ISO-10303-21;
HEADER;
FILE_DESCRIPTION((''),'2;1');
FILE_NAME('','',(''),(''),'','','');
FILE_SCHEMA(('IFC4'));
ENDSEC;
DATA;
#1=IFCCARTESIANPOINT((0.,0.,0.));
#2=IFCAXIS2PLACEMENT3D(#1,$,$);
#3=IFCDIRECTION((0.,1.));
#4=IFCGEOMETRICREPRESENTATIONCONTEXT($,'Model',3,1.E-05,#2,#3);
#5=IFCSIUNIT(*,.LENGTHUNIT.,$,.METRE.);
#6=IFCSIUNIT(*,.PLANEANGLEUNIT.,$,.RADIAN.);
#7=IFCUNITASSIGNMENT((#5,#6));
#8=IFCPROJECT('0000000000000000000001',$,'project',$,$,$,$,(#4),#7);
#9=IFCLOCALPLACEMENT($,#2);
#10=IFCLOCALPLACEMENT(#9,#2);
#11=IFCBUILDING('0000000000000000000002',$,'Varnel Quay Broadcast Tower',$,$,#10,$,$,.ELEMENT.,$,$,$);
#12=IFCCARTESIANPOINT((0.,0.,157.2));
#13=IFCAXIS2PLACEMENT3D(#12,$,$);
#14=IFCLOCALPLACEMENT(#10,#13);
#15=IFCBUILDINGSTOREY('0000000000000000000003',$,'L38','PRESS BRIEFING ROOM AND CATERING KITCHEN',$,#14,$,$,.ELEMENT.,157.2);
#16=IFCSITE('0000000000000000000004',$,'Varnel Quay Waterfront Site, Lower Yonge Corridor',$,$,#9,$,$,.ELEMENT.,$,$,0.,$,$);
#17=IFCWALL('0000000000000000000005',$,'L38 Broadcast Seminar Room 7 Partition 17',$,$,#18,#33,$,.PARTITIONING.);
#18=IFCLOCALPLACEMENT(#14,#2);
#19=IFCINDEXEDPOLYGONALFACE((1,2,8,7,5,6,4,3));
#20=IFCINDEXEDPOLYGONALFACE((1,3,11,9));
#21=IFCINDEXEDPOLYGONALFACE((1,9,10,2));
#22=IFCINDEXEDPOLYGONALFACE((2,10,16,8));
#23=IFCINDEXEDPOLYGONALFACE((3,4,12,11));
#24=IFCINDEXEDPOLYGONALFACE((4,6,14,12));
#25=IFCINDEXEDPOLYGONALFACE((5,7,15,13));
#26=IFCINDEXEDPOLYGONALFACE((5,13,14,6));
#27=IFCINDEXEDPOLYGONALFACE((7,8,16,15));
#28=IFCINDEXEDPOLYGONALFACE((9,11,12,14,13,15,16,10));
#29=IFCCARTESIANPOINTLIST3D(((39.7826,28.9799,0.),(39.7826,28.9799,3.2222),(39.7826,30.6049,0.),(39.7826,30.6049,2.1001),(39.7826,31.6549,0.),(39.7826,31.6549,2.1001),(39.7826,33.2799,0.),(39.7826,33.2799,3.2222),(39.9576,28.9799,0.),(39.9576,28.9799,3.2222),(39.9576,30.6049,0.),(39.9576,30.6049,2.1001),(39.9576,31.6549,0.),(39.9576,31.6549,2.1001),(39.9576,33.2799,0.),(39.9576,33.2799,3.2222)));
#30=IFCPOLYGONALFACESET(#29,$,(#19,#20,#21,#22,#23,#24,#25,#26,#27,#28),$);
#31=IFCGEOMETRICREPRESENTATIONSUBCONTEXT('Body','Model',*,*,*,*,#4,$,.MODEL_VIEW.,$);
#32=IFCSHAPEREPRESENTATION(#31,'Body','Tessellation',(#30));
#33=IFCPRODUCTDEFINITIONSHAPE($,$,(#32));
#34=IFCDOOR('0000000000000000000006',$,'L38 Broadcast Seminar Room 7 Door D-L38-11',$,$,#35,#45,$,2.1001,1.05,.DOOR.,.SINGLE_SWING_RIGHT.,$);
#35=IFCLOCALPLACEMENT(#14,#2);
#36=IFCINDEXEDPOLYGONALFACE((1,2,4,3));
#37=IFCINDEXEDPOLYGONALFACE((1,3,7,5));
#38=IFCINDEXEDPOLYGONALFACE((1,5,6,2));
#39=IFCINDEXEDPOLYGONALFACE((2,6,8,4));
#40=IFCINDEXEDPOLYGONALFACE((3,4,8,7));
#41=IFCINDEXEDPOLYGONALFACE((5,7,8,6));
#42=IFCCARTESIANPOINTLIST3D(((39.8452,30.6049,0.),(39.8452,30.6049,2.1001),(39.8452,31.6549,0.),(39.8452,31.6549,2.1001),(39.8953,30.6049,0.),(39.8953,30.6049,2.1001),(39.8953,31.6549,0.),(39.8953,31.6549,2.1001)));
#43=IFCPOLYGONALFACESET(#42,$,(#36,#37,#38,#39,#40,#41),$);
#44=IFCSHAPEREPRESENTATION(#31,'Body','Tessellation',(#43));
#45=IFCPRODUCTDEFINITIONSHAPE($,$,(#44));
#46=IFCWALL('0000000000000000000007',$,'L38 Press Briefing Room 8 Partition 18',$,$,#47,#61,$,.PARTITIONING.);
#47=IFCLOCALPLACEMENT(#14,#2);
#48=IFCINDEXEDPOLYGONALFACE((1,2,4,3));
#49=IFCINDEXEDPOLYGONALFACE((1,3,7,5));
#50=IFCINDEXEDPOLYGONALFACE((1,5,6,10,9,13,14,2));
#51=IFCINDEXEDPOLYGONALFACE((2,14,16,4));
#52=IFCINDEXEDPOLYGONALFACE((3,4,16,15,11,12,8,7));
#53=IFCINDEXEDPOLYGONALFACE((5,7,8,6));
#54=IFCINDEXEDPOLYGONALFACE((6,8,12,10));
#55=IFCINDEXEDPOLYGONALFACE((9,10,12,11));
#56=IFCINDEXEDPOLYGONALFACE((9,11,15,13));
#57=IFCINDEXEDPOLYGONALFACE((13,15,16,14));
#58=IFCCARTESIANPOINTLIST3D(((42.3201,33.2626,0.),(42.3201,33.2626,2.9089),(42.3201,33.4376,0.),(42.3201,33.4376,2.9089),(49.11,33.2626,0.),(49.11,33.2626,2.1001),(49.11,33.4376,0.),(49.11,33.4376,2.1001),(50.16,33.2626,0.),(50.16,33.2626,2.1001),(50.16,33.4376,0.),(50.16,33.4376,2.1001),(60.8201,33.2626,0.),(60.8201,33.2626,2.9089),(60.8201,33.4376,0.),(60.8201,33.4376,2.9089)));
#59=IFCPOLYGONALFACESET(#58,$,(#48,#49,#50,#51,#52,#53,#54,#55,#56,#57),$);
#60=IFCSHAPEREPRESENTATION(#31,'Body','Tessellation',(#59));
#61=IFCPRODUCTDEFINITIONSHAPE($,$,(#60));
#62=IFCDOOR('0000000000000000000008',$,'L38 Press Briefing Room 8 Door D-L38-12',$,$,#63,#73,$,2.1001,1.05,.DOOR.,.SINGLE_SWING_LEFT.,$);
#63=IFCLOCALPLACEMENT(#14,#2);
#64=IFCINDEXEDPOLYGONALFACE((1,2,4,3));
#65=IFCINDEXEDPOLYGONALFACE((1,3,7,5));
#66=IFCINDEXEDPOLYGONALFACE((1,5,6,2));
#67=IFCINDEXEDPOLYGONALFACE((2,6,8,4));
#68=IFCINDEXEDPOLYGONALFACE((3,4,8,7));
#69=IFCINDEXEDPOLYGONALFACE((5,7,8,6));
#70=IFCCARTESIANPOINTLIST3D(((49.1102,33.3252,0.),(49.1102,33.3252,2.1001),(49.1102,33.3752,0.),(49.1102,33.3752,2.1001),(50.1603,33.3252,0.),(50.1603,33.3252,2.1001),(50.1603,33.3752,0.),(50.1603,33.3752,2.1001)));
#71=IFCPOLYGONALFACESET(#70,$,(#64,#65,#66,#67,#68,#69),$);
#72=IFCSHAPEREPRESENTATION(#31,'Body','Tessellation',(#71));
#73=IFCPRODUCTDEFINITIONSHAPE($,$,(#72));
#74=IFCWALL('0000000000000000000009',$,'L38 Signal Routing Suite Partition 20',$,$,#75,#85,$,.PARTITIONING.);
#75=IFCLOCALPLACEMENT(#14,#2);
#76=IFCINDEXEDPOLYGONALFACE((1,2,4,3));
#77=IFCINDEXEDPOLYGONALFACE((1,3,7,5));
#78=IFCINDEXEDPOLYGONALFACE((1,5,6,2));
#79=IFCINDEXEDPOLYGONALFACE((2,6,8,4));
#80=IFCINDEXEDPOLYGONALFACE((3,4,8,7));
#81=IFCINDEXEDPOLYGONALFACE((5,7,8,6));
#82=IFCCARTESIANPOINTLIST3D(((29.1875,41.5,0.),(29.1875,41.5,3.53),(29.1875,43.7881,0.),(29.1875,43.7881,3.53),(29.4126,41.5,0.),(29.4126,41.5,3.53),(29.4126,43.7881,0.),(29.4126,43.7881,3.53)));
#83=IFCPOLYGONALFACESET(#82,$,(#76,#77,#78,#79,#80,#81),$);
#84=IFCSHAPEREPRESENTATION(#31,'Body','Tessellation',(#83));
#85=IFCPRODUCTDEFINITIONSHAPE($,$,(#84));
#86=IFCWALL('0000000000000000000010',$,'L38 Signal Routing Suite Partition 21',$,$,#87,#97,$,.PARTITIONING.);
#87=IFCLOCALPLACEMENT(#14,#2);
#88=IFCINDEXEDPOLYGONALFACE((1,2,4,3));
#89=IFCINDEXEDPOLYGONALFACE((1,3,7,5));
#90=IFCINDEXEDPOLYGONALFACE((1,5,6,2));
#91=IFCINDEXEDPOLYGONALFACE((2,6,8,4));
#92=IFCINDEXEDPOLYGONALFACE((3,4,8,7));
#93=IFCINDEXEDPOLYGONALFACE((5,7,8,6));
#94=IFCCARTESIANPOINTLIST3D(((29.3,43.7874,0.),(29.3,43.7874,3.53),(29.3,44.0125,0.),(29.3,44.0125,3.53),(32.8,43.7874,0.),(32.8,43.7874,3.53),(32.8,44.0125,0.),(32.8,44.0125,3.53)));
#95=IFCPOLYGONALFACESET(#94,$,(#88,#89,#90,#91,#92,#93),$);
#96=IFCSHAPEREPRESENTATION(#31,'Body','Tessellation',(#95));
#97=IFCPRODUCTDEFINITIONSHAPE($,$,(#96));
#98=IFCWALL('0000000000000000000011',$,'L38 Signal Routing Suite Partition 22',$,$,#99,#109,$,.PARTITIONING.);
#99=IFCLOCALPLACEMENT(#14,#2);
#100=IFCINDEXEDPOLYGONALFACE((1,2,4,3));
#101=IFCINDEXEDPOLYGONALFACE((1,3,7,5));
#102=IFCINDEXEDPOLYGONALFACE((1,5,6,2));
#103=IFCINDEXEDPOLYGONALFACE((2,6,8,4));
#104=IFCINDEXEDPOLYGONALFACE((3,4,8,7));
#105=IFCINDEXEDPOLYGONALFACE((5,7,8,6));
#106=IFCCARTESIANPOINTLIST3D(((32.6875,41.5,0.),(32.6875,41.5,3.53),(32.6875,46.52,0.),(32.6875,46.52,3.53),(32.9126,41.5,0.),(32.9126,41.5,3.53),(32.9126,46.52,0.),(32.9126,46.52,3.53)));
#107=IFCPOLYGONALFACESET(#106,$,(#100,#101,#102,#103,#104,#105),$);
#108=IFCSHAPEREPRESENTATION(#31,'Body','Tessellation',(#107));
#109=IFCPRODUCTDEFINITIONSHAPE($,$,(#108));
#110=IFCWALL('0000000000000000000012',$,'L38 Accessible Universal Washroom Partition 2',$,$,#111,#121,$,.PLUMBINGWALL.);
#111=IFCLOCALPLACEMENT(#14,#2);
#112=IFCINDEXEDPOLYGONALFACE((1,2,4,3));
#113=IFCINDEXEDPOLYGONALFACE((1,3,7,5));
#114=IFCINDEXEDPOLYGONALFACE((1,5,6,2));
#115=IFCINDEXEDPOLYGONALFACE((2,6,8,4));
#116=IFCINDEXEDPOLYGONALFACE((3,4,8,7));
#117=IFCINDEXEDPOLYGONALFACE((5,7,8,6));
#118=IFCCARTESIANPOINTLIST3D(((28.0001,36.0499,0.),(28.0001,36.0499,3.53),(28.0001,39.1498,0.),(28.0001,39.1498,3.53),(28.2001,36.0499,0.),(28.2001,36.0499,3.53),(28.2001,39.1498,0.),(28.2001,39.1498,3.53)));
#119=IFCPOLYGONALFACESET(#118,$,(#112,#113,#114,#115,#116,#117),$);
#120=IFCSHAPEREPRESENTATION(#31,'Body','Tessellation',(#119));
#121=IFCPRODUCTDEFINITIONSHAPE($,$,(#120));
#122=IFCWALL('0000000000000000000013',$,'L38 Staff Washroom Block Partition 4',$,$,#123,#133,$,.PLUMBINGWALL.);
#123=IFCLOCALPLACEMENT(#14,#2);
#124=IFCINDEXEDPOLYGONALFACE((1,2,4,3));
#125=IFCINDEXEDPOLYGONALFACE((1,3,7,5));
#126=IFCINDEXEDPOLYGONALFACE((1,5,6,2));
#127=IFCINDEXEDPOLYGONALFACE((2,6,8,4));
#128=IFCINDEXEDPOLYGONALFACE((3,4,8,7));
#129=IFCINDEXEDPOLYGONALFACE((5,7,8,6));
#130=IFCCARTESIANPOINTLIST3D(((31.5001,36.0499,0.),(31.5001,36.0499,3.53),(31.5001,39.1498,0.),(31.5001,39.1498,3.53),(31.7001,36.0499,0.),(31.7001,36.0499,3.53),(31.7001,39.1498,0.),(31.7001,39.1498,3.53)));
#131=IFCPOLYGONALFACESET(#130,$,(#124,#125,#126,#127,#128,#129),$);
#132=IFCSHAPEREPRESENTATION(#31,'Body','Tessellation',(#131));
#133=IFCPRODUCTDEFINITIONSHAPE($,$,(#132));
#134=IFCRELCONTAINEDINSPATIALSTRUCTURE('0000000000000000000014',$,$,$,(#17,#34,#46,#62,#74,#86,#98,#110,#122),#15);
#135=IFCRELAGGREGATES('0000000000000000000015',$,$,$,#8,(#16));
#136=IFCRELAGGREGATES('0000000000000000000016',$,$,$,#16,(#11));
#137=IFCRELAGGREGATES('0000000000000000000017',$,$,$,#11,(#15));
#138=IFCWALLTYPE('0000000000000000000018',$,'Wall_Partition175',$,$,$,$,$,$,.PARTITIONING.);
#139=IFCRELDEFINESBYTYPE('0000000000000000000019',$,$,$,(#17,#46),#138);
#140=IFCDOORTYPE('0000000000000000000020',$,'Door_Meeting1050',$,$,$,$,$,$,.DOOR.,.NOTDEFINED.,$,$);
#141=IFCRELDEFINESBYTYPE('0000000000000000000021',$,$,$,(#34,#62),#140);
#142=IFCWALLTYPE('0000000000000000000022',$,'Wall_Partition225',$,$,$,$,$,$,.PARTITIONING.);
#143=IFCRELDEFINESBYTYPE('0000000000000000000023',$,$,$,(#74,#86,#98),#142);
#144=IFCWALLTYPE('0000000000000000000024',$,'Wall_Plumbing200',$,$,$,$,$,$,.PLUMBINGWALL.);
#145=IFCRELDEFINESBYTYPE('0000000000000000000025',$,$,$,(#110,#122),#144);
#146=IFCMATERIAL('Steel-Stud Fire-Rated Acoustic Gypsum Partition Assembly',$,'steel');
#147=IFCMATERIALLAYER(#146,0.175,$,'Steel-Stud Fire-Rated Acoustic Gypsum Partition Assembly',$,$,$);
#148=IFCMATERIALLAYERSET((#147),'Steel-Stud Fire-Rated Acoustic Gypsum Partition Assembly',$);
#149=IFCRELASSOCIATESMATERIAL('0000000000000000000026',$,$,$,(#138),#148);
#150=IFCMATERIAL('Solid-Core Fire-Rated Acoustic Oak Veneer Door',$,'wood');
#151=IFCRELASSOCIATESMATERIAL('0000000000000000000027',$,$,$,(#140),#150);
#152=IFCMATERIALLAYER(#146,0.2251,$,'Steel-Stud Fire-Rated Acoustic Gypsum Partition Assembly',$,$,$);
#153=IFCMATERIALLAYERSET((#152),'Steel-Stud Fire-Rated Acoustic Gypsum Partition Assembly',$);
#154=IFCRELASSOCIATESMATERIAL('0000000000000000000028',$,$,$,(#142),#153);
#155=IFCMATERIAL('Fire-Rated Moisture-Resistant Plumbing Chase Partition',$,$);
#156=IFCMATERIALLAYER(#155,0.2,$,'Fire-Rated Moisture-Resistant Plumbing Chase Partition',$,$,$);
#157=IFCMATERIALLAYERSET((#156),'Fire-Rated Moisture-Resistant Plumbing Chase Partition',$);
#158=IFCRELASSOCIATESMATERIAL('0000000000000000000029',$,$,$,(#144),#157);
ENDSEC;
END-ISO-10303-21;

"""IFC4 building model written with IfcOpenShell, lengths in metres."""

from ifc_helpers import new_model, si_unit, direction, frame, frame_2d, origin, place, context, subcontext, project, spatial, rectangle, extrude, source, transform, mapped, material, layer, layer_set, type_object, type_shapes, element, fill, save


model = new_model("IFC4")

# Units and contexts
model_context = context("Model", 3, precision=1e-05, world=origin(), true_north=direction((0.0, 1.0)))
body_context = subcontext(model_context, "Body", "Model", "MODEL_VIEW")
ifc_project = project(units=[si_unit("LENGTHUNIT", "METRE"), si_unit("PLANEANGLEUNIT", "RADIAN")], contexts=[model_context])

# Site, building, storey
site_placement = place(None, origin())
site = spatial("IfcSite", under=ifc_project, at=site_placement, Name="Varnel Quay Waterfront Site, Lower Yonge Corridor", CompositionType="ELEMENT", RefElevation=0.0)
building_placement = place(site_placement, origin())
building = spatial("IfcBuilding", under=site, at=building_placement, Name="Varnel Quay Broadcast Tower", CompositionType="ELEMENT")
storey_placement = place(building_placement, frame((0.0, 0.0, 157.2)))
storey = spatial("IfcBuildingStorey", under=building, at=storey_placement, Name="L38", Description="PRESS BRIEFING ROOM AND CATERING KITCHEN", CompositionType="ELEMENT", Elevation=157.2)

# Shared definitions
ifc_material_1 = material(Name="Steel-Stud Fire-Rated Acoustic Gypsum Partition Assembly", Category="steel")
ifc_material_2 = material(Name="Solid-Core Fire-Rated Acoustic Oak Veneer Door", Category="wood")

# Walls, openings, doors
ifc_layer_1 = layer(ifc_material_1, 0.175, Name="Steel-Stud Fire-Rated Acoustic Gypsum Partition Assembly")
ifc_layer_set_1 = layer_set([ifc_layer_1], Name="Steel-Stud Fire-Rated Acoustic Gypsum Partition Assembly")
wall_type_1 = type_object("IfcWallType", Name="Wall_Partition175", PredefinedType="PARTITIONING", material=ifc_layer_set_1)
wall_1_placement = place(storey_placement, frame((39.8701, 28.98, 0.0), z_axis=(0.0, 0.0, 1.0), x_axis=(0.0, 1.0, 0.0)))
wall_1 = element("IfcWall", 1, at=wall_1_placement, inside=storey, type_object=wall_type_1, Name="L38 Broadcast Seminar Room 7 Partition 17", PredefinedType="PARTITIONING", context=body_context, shape_type="SweptSolid", body=[
    extrude(rectangle(XDim=4.3, YDim=0.175, at=frame_2d((2.1499, 0.0))), origin(), (0.0, 0.0, 1.0), 3.2222),
])
opening_1_placement = place(wall_1_placement, frame((1.625, 0.0, 0.0)))
opening_1 = element("IfcOpeningElement", 2, at=opening_1_placement, cuts=wall_1, PredefinedType="OPENING", context=body_context, shape_type="SweptSolid", body=[
    extrude(rectangle(XDim=1.05, YDim=2.1001, at=frame_2d((0.5249, 1.05))), frame((0.0, 0.0977, 0.0), z_axis=(0.0, -1.0, 0.0), x_axis=(1.0, 0.0, 0.0)), (0.0, 0.0, 1.0), 0.1951),
])
door_type_1 = type_object("IfcDoorType", Name="Door_Meeting1050", OperationType="NOTDEFINED", PredefinedType="DOOR", material=ifc_material_2)
shared_shape_1 = source(origin(), body_context, "Body", "SweptSolid", [
    extrude(rectangle(XDim=1.05, YDim=2.1001, at=frame_2d((0.5249, 1.05))), frame((0.0, 0.0249, 0.0), z_axis=(0.0, -1.0, 0.0), x_axis=(1.0, 0.0, 0.0)), (0.0, 0.0, 1.0), 0.05),
])
type_shapes(door_type_1, [shared_shape_1])
door_1_placement = place(opening_1_placement, origin())
door_1 = element("IfcDoor", 3, at=door_1_placement, inside=storey, type_object=door_type_1, Name="L38 Broadcast Seminar Room 7 Door D-L38-11", OperationType="SINGLE_SWING_RIGHT", OverallHeight=2.1001, OverallWidth=1.05, PredefinedType="DOOR", context=body_context, shape_type="MappedRepresentation", body=[
    mapped(shared_shape_1, transform((0.0, 0.0, 0.0), x_axis=(1.0, 0.0, 0.0), y_axis=(0.0, 1.0, 0.0), z_axis=(0.0, 0.0, 1.0), scale=1.0)),
])
fill(opening_1, door_1)
wall_2_placement = place(storey_placement, frame((42.3201, 33.3501, 0.0), z_axis=(0.0, 0.0, 1.0), x_axis=(1.0, 0.0, 0.0)))
wall_2 = element("IfcWall", 4, at=wall_2_placement, inside=storey, type_object=wall_type_1, Name="L38 Press Briefing Room 8 Partition 18", PredefinedType="PARTITIONING", context=body_context, shape_type="SweptSolid", body=[
    extrude(rectangle(XDim=18.5, YDim=0.175, at=frame_2d((9.25, 0.0))), origin(), (0.0, 0.0, 1.0), 2.9089),
])
opening_2_placement = place(wall_2_placement, frame((6.79, 0.0, 0.0)))
opening_2 = element("IfcOpeningElement", 5, at=opening_2_placement, cuts=wall_2, PredefinedType="OPENING", context=body_context, shape_type="SweptSolid", body=[
    extrude(rectangle(XDim=1.05, YDim=2.1001, at=frame_2d((0.5249, 1.05))), frame((0.0, 0.0977, 0.0), z_axis=(0.0, -1.0, 0.0), x_axis=(1.0, 0.0, 0.0)), (0.0, 0.0, 1.0), 0.1951),
])
door_2_placement = place(opening_2_placement, frame((1.05, 0.0, 0.0), z_axis=(0.0, 0.0, 1.0), x_axis=(-1.0, 0.0, 0.0)))
door_2 = element("IfcDoor", 6, at=door_2_placement, inside=storey, type_object=door_type_1, Name="L38 Press Briefing Room 8 Door D-L38-12", OperationType="SINGLE_SWING_LEFT", OverallHeight=2.1001, OverallWidth=1.05, PredefinedType="DOOR", context=body_context, shape_type="MappedRepresentation", body=[
    mapped(shared_shape_1, transform((0.0, 0.0, 0.0), x_axis=(1.0, 0.0, 0.0), y_axis=(0.0, 1.0, 0.0), z_axis=(0.0, 0.0, 1.0), scale=1.0)),
])
fill(opening_2, door_2)

# Walls
ifc_layer_2 = layer(ifc_material_1, 0.2251, Name="Steel-Stud Fire-Rated Acoustic Gypsum Partition Assembly")
ifc_layer_set_2 = layer_set([ifc_layer_2], Name="Steel-Stud Fire-Rated Acoustic Gypsum Partition Assembly")
wall_type_2 = type_object("IfcWallType", Name="Wall_Partition225", PredefinedType="PARTITIONING", material=ifc_layer_set_2)
wall_3_placement = place(storey_placement, frame((29.3, 41.5, 0.0), z_axis=(0.0, 0.0, 1.0), x_axis=(0.0, 1.0, 0.0)))
element("IfcWall", 7, at=wall_3_placement, inside=storey, type_object=wall_type_2, Name="L38 Signal Routing Suite Partition 20", PredefinedType="PARTITIONING", context=body_context, shape_type="SweptSolid", body=[
    extrude(rectangle(XDim=2.2881, YDim=0.2251, at=frame_2d((1.144, 0.0))), origin(), (0.0, 0.0, 1.0), 3.53),
])
wall_4_placement = place(storey_placement, frame((29.3, 43.8999, 0.0), z_axis=(0.0, 0.0, 1.0), x_axis=(1.0, 0.0, 0.0)))
element("IfcWall", 8, at=wall_4_placement, inside=storey, type_object=wall_type_2, Name="L38 Signal Routing Suite Partition 21", PredefinedType="PARTITIONING", context=body_context, shape_type="SweptSolid", body=[
    extrude(rectangle(XDim=3.5, YDim=0.2251, at=frame_2d((1.75, 0.0))), origin(), (0.0, 0.0, 1.0), 3.53),
])
wall_5_placement = place(storey_placement, frame((32.8, 41.5, 0.0), z_axis=(0.0, 0.0, 1.0), x_axis=(0.0, 1.0, 0.0)))
element("IfcWall", 9, at=wall_5_placement, inside=storey, type_object=wall_type_2, Name="L38 Signal Routing Suite Partition 22", PredefinedType="PARTITIONING", context=body_context, shape_type="SweptSolid", body=[
    extrude(rectangle(XDim=5.02, YDim=0.2251, at=frame_2d((2.51, 0.0))), origin(), (0.0, 0.0, 1.0), 3.53),
])
ifc_material_3 = material(Name="Fire-Rated Moisture-Resistant Plumbing Chase Partition")
ifc_layer_3 = layer(ifc_material_3, 0.2, Name="Fire-Rated Moisture-Resistant Plumbing Chase Partition")
ifc_layer_set_3 = layer_set([ifc_layer_3], Name="Fire-Rated Moisture-Resistant Plumbing Chase Partition")
wall_type_3 = type_object("IfcWallType", Name="Wall_Plumbing200", PredefinedType="PLUMBINGWALL", material=ifc_layer_set_3)
for number, where, z_axis, x_axis, name in (
    (10, (28.1001, 36.05, 0.0), (0.0, 0.0, 1.0), (0.0, 1.0, 0.0), "L38 Accessible Universal Washroom Partition 2"),
    (11, (31.6001, 36.05, 0.0), (0.0, 0.0, 1.0), (0.0, 1.0, 0.0), "L38 Staff Washroom Block Partition 4"),
):
    element("IfcWall", number, at=place(storey_placement, frame(where, z_axis=z_axis, x_axis=x_axis)), inside=storey, type_object=wall_type_3, Name=name, PredefinedType="PLUMBINGWALL", context=body_context, shape_type="SweptSolid", body=[
        extrude(rectangle(XDim=3.0999, YDim=0.2, at=frame_2d((1.5498, 0.0))), origin(), (0.0, 0.0, 1.0), 3.53),
    ])

save(model, "model.ifc")
